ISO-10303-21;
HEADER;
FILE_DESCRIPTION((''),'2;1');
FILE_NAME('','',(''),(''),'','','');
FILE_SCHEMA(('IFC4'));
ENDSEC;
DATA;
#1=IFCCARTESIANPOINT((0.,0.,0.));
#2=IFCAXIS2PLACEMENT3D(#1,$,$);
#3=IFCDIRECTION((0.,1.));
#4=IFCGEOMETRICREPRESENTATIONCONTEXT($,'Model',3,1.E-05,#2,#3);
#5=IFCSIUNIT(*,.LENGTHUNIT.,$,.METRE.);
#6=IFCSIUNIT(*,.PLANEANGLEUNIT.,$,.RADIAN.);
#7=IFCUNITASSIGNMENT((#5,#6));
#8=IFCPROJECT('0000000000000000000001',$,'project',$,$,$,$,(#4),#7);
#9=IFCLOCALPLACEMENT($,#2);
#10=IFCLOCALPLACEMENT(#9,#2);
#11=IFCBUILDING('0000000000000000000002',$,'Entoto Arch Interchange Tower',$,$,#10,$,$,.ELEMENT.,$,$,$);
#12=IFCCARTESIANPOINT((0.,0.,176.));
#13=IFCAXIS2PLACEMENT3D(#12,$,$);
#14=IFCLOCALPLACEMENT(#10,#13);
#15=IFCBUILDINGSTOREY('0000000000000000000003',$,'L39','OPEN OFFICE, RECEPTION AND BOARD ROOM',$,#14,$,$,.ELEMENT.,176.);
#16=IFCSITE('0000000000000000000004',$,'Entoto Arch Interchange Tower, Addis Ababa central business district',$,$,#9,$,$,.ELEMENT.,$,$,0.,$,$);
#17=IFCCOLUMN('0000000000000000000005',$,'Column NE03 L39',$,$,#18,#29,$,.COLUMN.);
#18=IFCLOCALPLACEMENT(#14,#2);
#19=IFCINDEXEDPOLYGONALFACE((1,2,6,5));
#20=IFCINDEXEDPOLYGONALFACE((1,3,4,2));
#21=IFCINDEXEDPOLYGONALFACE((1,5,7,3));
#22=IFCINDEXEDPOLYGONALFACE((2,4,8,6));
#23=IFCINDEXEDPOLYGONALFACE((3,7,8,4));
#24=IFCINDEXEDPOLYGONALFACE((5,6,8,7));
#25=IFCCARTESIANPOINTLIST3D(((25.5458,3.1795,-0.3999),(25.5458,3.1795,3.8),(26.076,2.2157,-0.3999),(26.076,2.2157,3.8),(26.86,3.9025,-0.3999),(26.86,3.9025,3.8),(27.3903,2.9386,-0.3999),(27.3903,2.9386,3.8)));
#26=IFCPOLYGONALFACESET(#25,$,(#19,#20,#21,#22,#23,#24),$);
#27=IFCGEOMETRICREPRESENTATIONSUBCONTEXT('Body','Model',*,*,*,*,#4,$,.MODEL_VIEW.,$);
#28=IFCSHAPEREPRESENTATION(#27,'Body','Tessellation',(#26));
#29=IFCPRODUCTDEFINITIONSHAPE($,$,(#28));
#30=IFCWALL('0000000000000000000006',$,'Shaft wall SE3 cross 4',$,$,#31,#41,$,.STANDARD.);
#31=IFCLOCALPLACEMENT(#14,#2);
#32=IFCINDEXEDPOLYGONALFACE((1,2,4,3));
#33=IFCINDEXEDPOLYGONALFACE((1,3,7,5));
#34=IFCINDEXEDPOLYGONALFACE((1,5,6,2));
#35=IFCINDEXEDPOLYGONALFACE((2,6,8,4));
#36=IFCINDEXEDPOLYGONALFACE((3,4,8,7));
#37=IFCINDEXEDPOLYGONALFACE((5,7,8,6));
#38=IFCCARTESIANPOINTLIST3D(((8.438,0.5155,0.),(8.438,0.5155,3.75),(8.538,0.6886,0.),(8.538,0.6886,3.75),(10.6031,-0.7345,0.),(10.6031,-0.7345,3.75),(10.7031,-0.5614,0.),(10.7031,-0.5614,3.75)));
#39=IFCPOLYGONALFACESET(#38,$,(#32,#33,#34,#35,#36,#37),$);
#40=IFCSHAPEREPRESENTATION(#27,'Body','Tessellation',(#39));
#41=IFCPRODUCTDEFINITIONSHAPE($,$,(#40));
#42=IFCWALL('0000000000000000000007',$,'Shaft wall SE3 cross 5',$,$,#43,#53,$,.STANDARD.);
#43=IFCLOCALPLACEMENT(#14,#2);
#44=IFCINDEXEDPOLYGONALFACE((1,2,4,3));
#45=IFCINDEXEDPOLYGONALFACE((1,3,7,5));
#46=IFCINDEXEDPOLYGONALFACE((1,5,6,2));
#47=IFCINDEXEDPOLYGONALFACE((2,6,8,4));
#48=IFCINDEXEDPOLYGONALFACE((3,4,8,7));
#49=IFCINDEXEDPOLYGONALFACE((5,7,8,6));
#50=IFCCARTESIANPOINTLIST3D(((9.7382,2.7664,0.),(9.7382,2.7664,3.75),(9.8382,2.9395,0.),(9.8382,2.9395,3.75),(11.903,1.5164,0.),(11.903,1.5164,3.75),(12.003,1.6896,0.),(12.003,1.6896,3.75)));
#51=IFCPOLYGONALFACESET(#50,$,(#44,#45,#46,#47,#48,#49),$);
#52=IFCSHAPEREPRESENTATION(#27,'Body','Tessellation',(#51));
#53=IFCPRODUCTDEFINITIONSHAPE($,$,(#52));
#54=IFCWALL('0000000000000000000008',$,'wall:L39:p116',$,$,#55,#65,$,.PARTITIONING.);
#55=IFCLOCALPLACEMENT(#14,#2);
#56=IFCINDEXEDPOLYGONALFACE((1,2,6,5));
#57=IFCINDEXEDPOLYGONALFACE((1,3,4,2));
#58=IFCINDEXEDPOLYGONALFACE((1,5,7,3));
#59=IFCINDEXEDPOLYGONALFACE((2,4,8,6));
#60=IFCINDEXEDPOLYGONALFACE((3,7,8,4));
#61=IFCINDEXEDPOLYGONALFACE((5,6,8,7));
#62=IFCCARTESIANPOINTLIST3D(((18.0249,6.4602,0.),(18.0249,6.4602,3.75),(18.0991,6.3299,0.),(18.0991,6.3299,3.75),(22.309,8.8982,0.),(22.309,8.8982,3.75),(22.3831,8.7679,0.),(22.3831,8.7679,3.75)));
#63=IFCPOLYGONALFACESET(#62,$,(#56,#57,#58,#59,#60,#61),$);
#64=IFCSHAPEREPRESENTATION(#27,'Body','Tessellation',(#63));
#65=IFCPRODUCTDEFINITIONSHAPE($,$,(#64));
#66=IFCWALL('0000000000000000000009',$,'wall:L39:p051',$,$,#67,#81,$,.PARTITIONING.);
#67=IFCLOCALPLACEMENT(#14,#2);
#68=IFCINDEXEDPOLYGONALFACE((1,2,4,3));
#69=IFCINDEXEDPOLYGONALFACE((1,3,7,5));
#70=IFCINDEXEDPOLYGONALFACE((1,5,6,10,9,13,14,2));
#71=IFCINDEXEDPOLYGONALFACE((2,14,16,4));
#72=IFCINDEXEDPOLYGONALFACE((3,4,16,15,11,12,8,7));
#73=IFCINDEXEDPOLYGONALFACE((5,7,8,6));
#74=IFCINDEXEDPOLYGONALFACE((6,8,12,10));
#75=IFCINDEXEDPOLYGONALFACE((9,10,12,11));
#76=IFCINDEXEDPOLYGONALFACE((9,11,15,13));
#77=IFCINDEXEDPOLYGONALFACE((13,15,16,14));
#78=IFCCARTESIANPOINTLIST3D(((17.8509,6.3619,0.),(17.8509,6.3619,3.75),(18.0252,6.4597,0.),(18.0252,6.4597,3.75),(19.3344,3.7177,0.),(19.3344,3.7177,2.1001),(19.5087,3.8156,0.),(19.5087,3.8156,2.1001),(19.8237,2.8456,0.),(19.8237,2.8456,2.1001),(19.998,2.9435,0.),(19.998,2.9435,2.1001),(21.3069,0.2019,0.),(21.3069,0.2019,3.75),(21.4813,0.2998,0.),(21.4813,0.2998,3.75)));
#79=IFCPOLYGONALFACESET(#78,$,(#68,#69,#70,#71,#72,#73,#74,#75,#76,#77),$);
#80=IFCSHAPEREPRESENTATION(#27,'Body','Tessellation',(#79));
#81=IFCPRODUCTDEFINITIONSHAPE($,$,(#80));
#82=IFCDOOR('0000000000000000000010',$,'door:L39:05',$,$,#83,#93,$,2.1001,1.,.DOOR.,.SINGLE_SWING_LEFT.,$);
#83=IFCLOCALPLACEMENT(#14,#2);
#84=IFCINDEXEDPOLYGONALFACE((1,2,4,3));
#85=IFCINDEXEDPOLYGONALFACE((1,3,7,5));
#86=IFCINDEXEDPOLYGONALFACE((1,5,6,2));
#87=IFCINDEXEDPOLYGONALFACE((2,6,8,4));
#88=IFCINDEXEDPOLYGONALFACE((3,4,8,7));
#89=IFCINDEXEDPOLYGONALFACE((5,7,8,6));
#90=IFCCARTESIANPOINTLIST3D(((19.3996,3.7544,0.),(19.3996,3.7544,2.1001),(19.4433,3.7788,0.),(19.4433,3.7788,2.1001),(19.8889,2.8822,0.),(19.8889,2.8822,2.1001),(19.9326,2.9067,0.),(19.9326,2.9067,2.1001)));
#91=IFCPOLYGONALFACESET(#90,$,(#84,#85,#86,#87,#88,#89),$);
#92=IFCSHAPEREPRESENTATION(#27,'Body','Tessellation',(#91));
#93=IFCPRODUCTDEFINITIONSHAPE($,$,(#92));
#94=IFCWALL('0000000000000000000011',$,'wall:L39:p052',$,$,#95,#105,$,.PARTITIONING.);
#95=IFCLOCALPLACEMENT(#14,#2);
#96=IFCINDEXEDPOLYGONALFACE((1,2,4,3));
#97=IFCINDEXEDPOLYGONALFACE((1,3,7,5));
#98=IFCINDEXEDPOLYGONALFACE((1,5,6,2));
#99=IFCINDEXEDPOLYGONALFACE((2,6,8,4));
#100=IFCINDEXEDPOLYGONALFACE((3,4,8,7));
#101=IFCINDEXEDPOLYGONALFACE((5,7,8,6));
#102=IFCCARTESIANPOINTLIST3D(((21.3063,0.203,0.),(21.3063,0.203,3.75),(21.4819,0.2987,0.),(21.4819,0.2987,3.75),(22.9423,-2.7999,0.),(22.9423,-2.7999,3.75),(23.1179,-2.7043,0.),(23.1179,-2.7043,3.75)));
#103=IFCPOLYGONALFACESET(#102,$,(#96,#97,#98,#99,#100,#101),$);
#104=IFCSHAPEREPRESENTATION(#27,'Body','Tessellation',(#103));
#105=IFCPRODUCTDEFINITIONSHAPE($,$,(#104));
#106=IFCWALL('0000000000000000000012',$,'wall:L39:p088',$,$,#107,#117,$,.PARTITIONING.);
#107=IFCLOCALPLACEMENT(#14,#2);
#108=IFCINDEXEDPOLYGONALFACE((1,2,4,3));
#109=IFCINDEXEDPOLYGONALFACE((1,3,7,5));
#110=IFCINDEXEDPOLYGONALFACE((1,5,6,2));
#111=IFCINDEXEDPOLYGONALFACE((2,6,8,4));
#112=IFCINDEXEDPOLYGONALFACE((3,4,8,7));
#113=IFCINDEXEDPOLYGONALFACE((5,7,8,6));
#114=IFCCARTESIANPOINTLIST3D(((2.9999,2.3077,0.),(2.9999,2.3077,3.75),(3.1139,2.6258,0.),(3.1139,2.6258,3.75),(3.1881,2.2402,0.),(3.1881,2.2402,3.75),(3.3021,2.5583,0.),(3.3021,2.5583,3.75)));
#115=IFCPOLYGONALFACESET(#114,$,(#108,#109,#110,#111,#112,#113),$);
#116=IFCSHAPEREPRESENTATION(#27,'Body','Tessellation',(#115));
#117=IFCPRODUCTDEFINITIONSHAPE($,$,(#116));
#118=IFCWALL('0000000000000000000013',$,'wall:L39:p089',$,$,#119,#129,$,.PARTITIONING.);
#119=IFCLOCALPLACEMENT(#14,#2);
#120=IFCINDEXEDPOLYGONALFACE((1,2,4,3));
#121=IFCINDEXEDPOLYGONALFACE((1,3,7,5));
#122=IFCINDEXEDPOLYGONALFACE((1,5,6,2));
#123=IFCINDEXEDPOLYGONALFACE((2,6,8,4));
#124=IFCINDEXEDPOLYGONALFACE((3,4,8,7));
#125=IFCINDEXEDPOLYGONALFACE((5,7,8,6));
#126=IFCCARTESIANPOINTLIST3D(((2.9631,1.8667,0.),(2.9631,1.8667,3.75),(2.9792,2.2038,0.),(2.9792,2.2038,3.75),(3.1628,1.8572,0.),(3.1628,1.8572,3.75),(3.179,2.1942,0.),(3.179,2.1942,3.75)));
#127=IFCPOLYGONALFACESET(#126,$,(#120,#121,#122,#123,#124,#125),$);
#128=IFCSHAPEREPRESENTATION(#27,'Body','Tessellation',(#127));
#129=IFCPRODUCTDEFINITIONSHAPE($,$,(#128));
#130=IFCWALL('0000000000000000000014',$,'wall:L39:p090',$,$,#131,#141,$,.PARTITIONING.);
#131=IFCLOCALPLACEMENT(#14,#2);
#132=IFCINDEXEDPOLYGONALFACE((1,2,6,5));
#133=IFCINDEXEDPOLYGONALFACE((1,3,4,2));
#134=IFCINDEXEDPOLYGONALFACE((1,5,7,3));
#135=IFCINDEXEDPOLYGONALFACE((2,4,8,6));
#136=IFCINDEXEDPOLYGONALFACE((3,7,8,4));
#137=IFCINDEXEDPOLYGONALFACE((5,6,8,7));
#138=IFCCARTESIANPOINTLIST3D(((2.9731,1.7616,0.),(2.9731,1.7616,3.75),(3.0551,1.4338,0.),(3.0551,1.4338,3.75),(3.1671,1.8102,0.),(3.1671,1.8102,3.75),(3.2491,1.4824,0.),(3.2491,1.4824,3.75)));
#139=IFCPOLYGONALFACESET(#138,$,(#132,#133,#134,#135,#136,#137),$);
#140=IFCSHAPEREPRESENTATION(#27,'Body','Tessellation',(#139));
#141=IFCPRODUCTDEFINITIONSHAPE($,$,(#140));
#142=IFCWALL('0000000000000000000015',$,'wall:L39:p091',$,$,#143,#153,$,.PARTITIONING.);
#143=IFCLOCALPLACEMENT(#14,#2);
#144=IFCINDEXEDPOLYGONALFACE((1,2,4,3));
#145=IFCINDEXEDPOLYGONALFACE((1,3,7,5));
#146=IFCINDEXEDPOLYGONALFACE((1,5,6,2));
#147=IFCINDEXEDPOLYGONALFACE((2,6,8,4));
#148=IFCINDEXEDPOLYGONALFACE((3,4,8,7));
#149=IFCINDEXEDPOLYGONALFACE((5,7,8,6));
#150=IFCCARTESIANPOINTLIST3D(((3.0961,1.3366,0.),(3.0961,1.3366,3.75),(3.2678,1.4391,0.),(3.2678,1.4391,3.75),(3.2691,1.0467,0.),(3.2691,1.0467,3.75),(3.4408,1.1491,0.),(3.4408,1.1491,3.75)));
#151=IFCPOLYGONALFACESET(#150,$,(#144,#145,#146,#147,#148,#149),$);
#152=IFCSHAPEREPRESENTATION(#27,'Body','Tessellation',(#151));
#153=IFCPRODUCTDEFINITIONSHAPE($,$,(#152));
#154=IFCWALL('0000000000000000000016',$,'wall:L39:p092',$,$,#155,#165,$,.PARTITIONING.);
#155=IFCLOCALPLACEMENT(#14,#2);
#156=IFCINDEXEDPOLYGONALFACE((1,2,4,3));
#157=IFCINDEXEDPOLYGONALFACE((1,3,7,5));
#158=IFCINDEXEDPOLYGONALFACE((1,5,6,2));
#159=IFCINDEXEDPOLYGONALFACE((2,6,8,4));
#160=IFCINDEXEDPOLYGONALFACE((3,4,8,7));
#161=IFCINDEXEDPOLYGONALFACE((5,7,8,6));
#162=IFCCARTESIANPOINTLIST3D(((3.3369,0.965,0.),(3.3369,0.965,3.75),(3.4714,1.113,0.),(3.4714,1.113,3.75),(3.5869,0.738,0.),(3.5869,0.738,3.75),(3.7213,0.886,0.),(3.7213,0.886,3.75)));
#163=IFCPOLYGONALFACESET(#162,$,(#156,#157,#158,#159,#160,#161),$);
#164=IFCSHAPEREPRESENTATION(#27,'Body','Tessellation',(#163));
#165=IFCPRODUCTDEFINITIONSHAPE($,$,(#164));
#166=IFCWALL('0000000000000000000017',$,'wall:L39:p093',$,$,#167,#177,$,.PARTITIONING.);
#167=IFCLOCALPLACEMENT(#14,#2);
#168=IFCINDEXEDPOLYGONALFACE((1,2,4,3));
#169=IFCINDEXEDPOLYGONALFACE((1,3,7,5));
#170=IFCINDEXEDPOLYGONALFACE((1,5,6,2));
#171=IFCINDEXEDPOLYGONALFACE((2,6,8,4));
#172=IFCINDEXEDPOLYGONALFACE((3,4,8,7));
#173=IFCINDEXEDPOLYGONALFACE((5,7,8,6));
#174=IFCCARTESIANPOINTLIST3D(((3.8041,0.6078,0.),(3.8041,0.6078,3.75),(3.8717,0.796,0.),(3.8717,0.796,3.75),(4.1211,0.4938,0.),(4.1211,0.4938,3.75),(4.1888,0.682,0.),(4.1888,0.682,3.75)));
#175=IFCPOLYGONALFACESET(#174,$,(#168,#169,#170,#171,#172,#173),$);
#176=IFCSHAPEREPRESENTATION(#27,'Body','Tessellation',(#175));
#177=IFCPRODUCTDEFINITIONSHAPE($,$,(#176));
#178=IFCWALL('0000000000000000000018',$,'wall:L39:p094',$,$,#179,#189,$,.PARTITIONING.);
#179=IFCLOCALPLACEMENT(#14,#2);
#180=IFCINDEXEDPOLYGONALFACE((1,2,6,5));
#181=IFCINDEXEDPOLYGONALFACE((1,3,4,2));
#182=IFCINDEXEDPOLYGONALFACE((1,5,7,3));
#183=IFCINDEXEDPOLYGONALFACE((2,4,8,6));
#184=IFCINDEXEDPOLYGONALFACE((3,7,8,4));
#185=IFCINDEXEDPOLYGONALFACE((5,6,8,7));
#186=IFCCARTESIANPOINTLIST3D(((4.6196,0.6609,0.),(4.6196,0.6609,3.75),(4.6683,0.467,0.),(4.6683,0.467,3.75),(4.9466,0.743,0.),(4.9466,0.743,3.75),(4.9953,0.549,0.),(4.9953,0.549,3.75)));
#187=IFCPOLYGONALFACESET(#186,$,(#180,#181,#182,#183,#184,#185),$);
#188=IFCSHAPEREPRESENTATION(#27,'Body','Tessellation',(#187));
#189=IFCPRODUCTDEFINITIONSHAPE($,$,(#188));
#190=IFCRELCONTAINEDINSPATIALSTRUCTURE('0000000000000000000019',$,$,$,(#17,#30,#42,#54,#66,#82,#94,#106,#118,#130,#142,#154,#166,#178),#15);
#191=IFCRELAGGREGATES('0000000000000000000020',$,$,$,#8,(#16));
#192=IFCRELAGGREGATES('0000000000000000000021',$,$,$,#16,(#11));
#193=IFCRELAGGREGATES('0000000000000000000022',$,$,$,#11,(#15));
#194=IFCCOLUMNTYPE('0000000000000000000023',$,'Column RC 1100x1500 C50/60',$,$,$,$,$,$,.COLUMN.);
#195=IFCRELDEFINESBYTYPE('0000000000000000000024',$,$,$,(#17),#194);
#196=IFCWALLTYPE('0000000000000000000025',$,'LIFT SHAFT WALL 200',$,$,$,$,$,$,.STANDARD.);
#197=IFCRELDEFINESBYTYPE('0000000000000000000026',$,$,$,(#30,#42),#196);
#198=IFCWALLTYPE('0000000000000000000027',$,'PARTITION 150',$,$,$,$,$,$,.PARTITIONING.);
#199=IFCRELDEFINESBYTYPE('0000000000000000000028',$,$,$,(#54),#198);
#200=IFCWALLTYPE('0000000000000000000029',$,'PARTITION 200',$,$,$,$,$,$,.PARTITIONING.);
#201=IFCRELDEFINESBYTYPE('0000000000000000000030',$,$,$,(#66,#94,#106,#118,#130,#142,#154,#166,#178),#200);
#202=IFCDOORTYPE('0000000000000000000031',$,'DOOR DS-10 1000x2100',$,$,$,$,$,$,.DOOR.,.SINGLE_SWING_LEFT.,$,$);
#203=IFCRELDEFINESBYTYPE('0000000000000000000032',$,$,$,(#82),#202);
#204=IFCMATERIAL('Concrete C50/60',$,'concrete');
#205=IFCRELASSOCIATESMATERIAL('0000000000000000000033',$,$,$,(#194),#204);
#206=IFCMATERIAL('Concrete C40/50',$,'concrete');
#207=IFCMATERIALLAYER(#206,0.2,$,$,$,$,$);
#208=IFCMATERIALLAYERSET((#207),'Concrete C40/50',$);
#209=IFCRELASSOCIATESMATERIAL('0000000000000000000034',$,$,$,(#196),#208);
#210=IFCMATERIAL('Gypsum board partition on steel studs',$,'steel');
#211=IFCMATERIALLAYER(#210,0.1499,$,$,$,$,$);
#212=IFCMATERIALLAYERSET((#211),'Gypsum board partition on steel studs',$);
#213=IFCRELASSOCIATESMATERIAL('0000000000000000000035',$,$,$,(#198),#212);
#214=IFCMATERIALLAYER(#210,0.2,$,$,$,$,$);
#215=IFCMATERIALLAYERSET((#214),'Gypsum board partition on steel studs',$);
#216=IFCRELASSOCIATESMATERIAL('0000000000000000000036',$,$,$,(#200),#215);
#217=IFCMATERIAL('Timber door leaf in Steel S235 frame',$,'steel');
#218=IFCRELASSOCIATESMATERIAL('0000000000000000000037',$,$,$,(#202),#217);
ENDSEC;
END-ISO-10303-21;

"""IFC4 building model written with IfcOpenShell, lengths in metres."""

from ifc_helpers import new_model, si_unit, direction, frame, frame_2d, origin, origin_2d, place, context, subcontext, project, spatial, rectangle, extrude, material, layer, layer_set, material_profile, profile_set, type_object, element, fill, save


model = new_model("IFC4")

# Units and contexts
model_context = context("Model", 3, precision=1e-05, world=origin(), true_north=direction((0.0, 1.0)))
body_context = subcontext(model_context, "Body", "Model", "MODEL_VIEW")
ifc_project = project(units=[si_unit("LENGTHUNIT", "METRE"), si_unit("PLANEANGLEUNIT", "RADIAN")], contexts=[model_context])

# Site, building, storey
site_placement = place(None, origin())
site = spatial("IfcSite", under=ifc_project, at=site_placement, Name="Entoto Arch Interchange Tower, Addis Ababa central business district", CompositionType="ELEMENT", RefElevation=0.0)
building_placement = place(site_placement, origin())
building = spatial("IfcBuilding", under=site, at=building_placement, Name="Entoto Arch Interchange Tower", CompositionType="ELEMENT")
storey_placement = place(building_placement, frame((0.0, 0.0, 176.0)))
storey = spatial("IfcBuildingStorey", under=building, at=storey_placement, Name="L39", Description="OPEN OFFICE, RECEPTION AND BOARD ROOM", CompositionType="ELEMENT", Elevation=176.0)

# Column
ifc_material_1 = material(Name="Concrete C50/60", Category="concrete")
ifc_material_profile = material_profile(ifc_material_1, rectangle(XDim=1.1001, YDim=1.5, at=origin_2d()))
ifc_profile_set = profile_set([ifc_material_profile], Name="Concrete C50/60")
column_type = type_object("IfcColumnType", Name="Column RC 1100x1500 C50/60", PredefinedType="COLUMN", material=ifc_profile_set)
column_placement = place(storey_placement, frame((26.468, 3.0591, -0.3999), z_axis=(0.0, 0.0, 1.0), x_axis=(-0.481983, 0.876181, 0.0)))
element("IfcColumn", 1, at=column_placement, inside=storey, type_object=column_type, Name="Column NE03 L39", PredefinedType="COLUMN", context=body_context, shape_type="SweptSolid", body=[
    extrude(rectangle(XDim=1.1001, YDim=1.5, at=origin_2d()), origin(), (0.0, 0.0, 1.0), 4.2),
])

# Walls
ifc_material_2 = material(Name="Concrete C40/50", Category="concrete")
ifc_layer_1 = layer(ifc_material_2, 0.2)
ifc_layer_set_1 = layer_set([ifc_layer_1], Name="Concrete C40/50")
wall_type_1 = type_object("IfcWallType", Name="LIFT SHAFT WALL 200", PredefinedType="STANDARD", material=ifc_layer_set_1)
wall_1_placement = place(storey_placement, frame((8.488, 0.6021, 0.0), z_axis=(0.0, 0.0, 1.0), x_axis=(0.866023, -0.500004, 0.0)))
element("IfcWall", 2, at=wall_1_placement, inside=storey, type_object=wall_type_1, Name="Shaft wall SE3 cross 4", PredefinedType="STANDARD", context=body_context, shape_type="SweptSolid", body=[
    extrude(rectangle(XDim=2.5, YDim=0.2, at=frame_2d((1.25, 0.0))), origin(), (0.0, 0.0, 1.0), 3.75),
])
wall_2_placement = place(storey_placement, frame((9.7881, 2.853, 0.0), z_axis=(0.0, 0.0, 1.0), x_axis=(0.865999, -0.500047, 0.0)))
element("IfcWall", 3, at=wall_2_placement, inside=storey, type_object=wall_type_1, Name="Shaft wall SE3 cross 5", PredefinedType="STANDARD", context=body_context, shape_type="SweptSolid", body=[
    extrude(rectangle(XDim=2.4998, YDim=0.2, at=frame_2d((1.25, 0.0))), origin(), (0.0, 0.0, 1.0), 3.75),
])
ifc_material_3 = material(Name="Gypsum board partition on steel studs", Category="steel")
ifc_layer_2 = layer(ifc_material_3, 0.1499)
ifc_layer_set_2 = layer_set([ifc_layer_2], Name="Gypsum board partition on steel studs")
wall_type_2 = type_object("IfcWallType", Name="PARTITION 150", PredefinedType="PARTITIONING", material=ifc_layer_set_2)
wall_3_placement = place(storey_placement, frame((18.062, 6.395, 0.0), z_axis=(0.0, 0.0, 1.0), x_axis=(0.869114, 0.494613, 0.0)))
element("IfcWall", 4, at=wall_3_placement, inside=storey, type_object=wall_type_2, Name="wall:L39:p116", PredefinedType="PARTITIONING", context=body_context, shape_type="SweptSolid", body=[
    extrude(rectangle(XDim=4.9292, YDim=0.1499, at=frame_2d((2.4646, 0.0))), origin(), (0.0, 0.0, 1.0), 3.75),
])

# Wall, opening, door
ifc_layer_3 = layer(ifc_material_3, 0.2)
ifc_layer_set_3 = layer_set([ifc_layer_3], Name="Gypsum board partition on steel studs")
wall_type_3 = type_object("IfcWallType", Name="PARTITION 200", PredefinedType="PARTITIONING", material=ifc_layer_set_3)
wall_4_placement = place(storey_placement, frame((17.938, 6.4109, 0.0), z_axis=(0.0, 0.0, 1.0), x_axis=(0.489304, -0.872113, 0.0)))
wall_4 = element("IfcWall", 5, at=wall_4_placement, inside=storey, type_object=wall_type_3, Name="wall:L39:p051", PredefinedType="PARTITIONING", context=body_context, shape_type="SweptSolid", body=[
    extrude(rectangle(XDim=7.0632, YDim=0.2, at=frame_2d((3.5317, 0.0))), origin(), (0.0, 0.0, 1.0), 3.75),
])
opening_1_placement = place(wall_4_placement, frame((3.032, 0.0, 0.0)))
opening_1 = element("IfcOpeningElement", 6, at=opening_1_placement, cuts=wall_4, PredefinedType="OPENING", context=body_context, shape_type="SweptSolid", body=[
    extrude(rectangle(XDim=1.0, YDim=2.1001, at=frame_2d((0.5, 1.05))), frame((0.0, 0.1099, 0.0), z_axis=(0.0, -1.0, 0.0), x_axis=(1.0, 0.0, 0.0)), (0.0, 0.0, 1.0), 0.22),
])
ifc_material_4 = material(Name="Timber door leaf in Steel S235 frame", Category="steel")
door_type_1 = type_object("IfcDoorType", Name="DOOR DS-10 1000x2100", OperationType="SINGLE_SWING_LEFT", PredefinedType="DOOR", material=ifc_material_4)
door_1_placement = place(opening_1_placement, origin())
door_1 = element("IfcDoor", 7, at=door_1_placement, inside=storey, type_object=door_type_1, Name="door:L39:05", OperationType="SINGLE_SWING_LEFT", OverallHeight=2.1001, OverallWidth=1.0, PredefinedType="DOOR", context=body_context, shape_type="SweptSolid", body=[
    extrude(rectangle(XDim=1.0, YDim=2.1001, at=frame_2d((0.5, 1.05))), frame((0.0, 0.0249, 0.0), z_axis=(0.0, -1.0, 0.0), x_axis=(1.0, 0.0, 0.0)), (0.0, 0.0, 1.0), 0.05),
])
fill(opening_1, door_1)

# Walls
wall_5_placement = place(storey_placement, frame((21.394, 0.251, 0.0), z_axis=(0.0, 0.0, 1.0), x_axis=(0.478407, -0.878138, 0.0)))
element("IfcWall", 8, at=wall_5_placement, inside=storey, type_object=wall_type_3, Name="wall:L39:p052", PredefinedType="PARTITIONING", context=body_context, shape_type="SweptSolid", body=[
    extrude(rectangle(XDim=3.4197, YDim=0.2, at=frame_2d((1.71, 0.0))), origin(), (0.0, 0.0, 1.0), 3.75),
])
wall_6_placement = place(storey_placement, frame((3.208, 2.592, 0.0), z_axis=(0.0, 0.0, 1.0), x_axis=(-0.337389, -0.941365, 0.0)))
element("IfcWall", 9, at=wall_6_placement, inside=storey, type_object=wall_type_3, Name="wall:L39:p088", PredefinedType="PARTITIONING", context=body_context, shape_type="SweptSolid", body=[
    extrude(rectangle(XDim=0.3379, YDim=0.2, at=frame_2d((0.1689, 0.0))), origin(), (0.0, 0.0, 1.0), 3.75),
])
wall_7_placement = place(storey_placement, frame((3.0791, 2.199, 0.0), z_axis=(0.0, 0.0, 1.0), x_axis=(-0.047771, -0.998858, 0.0)))
element("IfcWall", 10, at=wall_7_placement, inside=storey, type_object=wall_type_3, Name="wall:L39:p089", PredefinedType="PARTITIONING", context=body_context, shape_type="SweptSolid", body=[
    extrude(rectangle(XDim=0.3374, YDim=0.2, at=frame_2d((0.1687, 0.0))), origin(), (0.0, 0.0, 1.0), 3.75),
])
wall_8_placement = place(storey_placement, frame((3.0701, 1.7859, 0.0), z_axis=(0.0, 0.0, 1.0), x_axis=(0.242706, -0.9701, 0.0)))
element("IfcWall", 11, at=wall_8_placement, inside=storey, type_object=wall_type_3, Name="wall:L39:p090", PredefinedType="PARTITIONING", context=body_context, shape_type="SweptSolid", body=[
    extrude(rectangle(XDim=0.3379, YDim=0.2, at=frame_2d((0.1689, 0.0))), origin(), (0.0, 0.0, 1.0), 3.75),
])
for number, where, z_axis, x_axis, name in (
    (12, (3.1819, 1.3879, 0.0), (0.0, 0.0, 1.0), (0.512475, -0.858702, 0.0), "wall:L39:p091"),
    (13, (3.4041, 1.0391, 0.0), (0.0, 0.0, 1.0), (0.740267, -0.672313, 0.0), "wall:L39:p092"),
):
    element("IfcWall", number, at=place(storey_placement, frame(where, z_axis=z_axis, x_axis=x_axis)), inside=storey, type_object=wall_type_3, Name=name, PredefinedType="PARTITIONING", context=body_context, shape_type="SweptSolid", body=[
        extrude(rectangle(XDim=0.3376, YDim=0.2, at=frame_2d((0.1689, 0.0))), origin(), (0.0, 0.0, 1.0), 3.75),
    ])
wall_9_placement = place(storey_placement, frame((3.8379, 0.7019, 0.0), z_axis=(0.0, 0.0, 1.0), x_axis=(0.941035, -0.338309, 0.0)))
element("IfcWall", 14, at=wall_9_placement, inside=storey, type_object=wall_type_3, Name="wall:L39:p093", PredefinedType="PARTITIONING", context=body_context, shape_type="SweptSolid", body=[
    extrude(rectangle(XDim=0.3369, YDim=0.2, at=frame_2d((0.1685, 0.0))), origin(), (0.0, 0.0, 1.0), 3.75),
])
wall_10_placement = place(storey_placement, frame((4.644, 0.564, 0.0), z_axis=(0.0, 0.0, 1.0), x_axis=(0.969929, 0.243388, 0.0)))
element("IfcWall", 15, at=wall_10_placement, inside=storey, type_object=wall_type_3, Name="wall:L39:p094", PredefinedType="PARTITIONING", context=body_context, shape_type="SweptSolid", body=[
    extrude(rectangle(XDim=0.3372, YDim=0.2, at=frame_2d((0.1685, 0.0))), origin(), (0.0, 0.0, 1.0), 3.75),
])

save(model, "model.ifc")
